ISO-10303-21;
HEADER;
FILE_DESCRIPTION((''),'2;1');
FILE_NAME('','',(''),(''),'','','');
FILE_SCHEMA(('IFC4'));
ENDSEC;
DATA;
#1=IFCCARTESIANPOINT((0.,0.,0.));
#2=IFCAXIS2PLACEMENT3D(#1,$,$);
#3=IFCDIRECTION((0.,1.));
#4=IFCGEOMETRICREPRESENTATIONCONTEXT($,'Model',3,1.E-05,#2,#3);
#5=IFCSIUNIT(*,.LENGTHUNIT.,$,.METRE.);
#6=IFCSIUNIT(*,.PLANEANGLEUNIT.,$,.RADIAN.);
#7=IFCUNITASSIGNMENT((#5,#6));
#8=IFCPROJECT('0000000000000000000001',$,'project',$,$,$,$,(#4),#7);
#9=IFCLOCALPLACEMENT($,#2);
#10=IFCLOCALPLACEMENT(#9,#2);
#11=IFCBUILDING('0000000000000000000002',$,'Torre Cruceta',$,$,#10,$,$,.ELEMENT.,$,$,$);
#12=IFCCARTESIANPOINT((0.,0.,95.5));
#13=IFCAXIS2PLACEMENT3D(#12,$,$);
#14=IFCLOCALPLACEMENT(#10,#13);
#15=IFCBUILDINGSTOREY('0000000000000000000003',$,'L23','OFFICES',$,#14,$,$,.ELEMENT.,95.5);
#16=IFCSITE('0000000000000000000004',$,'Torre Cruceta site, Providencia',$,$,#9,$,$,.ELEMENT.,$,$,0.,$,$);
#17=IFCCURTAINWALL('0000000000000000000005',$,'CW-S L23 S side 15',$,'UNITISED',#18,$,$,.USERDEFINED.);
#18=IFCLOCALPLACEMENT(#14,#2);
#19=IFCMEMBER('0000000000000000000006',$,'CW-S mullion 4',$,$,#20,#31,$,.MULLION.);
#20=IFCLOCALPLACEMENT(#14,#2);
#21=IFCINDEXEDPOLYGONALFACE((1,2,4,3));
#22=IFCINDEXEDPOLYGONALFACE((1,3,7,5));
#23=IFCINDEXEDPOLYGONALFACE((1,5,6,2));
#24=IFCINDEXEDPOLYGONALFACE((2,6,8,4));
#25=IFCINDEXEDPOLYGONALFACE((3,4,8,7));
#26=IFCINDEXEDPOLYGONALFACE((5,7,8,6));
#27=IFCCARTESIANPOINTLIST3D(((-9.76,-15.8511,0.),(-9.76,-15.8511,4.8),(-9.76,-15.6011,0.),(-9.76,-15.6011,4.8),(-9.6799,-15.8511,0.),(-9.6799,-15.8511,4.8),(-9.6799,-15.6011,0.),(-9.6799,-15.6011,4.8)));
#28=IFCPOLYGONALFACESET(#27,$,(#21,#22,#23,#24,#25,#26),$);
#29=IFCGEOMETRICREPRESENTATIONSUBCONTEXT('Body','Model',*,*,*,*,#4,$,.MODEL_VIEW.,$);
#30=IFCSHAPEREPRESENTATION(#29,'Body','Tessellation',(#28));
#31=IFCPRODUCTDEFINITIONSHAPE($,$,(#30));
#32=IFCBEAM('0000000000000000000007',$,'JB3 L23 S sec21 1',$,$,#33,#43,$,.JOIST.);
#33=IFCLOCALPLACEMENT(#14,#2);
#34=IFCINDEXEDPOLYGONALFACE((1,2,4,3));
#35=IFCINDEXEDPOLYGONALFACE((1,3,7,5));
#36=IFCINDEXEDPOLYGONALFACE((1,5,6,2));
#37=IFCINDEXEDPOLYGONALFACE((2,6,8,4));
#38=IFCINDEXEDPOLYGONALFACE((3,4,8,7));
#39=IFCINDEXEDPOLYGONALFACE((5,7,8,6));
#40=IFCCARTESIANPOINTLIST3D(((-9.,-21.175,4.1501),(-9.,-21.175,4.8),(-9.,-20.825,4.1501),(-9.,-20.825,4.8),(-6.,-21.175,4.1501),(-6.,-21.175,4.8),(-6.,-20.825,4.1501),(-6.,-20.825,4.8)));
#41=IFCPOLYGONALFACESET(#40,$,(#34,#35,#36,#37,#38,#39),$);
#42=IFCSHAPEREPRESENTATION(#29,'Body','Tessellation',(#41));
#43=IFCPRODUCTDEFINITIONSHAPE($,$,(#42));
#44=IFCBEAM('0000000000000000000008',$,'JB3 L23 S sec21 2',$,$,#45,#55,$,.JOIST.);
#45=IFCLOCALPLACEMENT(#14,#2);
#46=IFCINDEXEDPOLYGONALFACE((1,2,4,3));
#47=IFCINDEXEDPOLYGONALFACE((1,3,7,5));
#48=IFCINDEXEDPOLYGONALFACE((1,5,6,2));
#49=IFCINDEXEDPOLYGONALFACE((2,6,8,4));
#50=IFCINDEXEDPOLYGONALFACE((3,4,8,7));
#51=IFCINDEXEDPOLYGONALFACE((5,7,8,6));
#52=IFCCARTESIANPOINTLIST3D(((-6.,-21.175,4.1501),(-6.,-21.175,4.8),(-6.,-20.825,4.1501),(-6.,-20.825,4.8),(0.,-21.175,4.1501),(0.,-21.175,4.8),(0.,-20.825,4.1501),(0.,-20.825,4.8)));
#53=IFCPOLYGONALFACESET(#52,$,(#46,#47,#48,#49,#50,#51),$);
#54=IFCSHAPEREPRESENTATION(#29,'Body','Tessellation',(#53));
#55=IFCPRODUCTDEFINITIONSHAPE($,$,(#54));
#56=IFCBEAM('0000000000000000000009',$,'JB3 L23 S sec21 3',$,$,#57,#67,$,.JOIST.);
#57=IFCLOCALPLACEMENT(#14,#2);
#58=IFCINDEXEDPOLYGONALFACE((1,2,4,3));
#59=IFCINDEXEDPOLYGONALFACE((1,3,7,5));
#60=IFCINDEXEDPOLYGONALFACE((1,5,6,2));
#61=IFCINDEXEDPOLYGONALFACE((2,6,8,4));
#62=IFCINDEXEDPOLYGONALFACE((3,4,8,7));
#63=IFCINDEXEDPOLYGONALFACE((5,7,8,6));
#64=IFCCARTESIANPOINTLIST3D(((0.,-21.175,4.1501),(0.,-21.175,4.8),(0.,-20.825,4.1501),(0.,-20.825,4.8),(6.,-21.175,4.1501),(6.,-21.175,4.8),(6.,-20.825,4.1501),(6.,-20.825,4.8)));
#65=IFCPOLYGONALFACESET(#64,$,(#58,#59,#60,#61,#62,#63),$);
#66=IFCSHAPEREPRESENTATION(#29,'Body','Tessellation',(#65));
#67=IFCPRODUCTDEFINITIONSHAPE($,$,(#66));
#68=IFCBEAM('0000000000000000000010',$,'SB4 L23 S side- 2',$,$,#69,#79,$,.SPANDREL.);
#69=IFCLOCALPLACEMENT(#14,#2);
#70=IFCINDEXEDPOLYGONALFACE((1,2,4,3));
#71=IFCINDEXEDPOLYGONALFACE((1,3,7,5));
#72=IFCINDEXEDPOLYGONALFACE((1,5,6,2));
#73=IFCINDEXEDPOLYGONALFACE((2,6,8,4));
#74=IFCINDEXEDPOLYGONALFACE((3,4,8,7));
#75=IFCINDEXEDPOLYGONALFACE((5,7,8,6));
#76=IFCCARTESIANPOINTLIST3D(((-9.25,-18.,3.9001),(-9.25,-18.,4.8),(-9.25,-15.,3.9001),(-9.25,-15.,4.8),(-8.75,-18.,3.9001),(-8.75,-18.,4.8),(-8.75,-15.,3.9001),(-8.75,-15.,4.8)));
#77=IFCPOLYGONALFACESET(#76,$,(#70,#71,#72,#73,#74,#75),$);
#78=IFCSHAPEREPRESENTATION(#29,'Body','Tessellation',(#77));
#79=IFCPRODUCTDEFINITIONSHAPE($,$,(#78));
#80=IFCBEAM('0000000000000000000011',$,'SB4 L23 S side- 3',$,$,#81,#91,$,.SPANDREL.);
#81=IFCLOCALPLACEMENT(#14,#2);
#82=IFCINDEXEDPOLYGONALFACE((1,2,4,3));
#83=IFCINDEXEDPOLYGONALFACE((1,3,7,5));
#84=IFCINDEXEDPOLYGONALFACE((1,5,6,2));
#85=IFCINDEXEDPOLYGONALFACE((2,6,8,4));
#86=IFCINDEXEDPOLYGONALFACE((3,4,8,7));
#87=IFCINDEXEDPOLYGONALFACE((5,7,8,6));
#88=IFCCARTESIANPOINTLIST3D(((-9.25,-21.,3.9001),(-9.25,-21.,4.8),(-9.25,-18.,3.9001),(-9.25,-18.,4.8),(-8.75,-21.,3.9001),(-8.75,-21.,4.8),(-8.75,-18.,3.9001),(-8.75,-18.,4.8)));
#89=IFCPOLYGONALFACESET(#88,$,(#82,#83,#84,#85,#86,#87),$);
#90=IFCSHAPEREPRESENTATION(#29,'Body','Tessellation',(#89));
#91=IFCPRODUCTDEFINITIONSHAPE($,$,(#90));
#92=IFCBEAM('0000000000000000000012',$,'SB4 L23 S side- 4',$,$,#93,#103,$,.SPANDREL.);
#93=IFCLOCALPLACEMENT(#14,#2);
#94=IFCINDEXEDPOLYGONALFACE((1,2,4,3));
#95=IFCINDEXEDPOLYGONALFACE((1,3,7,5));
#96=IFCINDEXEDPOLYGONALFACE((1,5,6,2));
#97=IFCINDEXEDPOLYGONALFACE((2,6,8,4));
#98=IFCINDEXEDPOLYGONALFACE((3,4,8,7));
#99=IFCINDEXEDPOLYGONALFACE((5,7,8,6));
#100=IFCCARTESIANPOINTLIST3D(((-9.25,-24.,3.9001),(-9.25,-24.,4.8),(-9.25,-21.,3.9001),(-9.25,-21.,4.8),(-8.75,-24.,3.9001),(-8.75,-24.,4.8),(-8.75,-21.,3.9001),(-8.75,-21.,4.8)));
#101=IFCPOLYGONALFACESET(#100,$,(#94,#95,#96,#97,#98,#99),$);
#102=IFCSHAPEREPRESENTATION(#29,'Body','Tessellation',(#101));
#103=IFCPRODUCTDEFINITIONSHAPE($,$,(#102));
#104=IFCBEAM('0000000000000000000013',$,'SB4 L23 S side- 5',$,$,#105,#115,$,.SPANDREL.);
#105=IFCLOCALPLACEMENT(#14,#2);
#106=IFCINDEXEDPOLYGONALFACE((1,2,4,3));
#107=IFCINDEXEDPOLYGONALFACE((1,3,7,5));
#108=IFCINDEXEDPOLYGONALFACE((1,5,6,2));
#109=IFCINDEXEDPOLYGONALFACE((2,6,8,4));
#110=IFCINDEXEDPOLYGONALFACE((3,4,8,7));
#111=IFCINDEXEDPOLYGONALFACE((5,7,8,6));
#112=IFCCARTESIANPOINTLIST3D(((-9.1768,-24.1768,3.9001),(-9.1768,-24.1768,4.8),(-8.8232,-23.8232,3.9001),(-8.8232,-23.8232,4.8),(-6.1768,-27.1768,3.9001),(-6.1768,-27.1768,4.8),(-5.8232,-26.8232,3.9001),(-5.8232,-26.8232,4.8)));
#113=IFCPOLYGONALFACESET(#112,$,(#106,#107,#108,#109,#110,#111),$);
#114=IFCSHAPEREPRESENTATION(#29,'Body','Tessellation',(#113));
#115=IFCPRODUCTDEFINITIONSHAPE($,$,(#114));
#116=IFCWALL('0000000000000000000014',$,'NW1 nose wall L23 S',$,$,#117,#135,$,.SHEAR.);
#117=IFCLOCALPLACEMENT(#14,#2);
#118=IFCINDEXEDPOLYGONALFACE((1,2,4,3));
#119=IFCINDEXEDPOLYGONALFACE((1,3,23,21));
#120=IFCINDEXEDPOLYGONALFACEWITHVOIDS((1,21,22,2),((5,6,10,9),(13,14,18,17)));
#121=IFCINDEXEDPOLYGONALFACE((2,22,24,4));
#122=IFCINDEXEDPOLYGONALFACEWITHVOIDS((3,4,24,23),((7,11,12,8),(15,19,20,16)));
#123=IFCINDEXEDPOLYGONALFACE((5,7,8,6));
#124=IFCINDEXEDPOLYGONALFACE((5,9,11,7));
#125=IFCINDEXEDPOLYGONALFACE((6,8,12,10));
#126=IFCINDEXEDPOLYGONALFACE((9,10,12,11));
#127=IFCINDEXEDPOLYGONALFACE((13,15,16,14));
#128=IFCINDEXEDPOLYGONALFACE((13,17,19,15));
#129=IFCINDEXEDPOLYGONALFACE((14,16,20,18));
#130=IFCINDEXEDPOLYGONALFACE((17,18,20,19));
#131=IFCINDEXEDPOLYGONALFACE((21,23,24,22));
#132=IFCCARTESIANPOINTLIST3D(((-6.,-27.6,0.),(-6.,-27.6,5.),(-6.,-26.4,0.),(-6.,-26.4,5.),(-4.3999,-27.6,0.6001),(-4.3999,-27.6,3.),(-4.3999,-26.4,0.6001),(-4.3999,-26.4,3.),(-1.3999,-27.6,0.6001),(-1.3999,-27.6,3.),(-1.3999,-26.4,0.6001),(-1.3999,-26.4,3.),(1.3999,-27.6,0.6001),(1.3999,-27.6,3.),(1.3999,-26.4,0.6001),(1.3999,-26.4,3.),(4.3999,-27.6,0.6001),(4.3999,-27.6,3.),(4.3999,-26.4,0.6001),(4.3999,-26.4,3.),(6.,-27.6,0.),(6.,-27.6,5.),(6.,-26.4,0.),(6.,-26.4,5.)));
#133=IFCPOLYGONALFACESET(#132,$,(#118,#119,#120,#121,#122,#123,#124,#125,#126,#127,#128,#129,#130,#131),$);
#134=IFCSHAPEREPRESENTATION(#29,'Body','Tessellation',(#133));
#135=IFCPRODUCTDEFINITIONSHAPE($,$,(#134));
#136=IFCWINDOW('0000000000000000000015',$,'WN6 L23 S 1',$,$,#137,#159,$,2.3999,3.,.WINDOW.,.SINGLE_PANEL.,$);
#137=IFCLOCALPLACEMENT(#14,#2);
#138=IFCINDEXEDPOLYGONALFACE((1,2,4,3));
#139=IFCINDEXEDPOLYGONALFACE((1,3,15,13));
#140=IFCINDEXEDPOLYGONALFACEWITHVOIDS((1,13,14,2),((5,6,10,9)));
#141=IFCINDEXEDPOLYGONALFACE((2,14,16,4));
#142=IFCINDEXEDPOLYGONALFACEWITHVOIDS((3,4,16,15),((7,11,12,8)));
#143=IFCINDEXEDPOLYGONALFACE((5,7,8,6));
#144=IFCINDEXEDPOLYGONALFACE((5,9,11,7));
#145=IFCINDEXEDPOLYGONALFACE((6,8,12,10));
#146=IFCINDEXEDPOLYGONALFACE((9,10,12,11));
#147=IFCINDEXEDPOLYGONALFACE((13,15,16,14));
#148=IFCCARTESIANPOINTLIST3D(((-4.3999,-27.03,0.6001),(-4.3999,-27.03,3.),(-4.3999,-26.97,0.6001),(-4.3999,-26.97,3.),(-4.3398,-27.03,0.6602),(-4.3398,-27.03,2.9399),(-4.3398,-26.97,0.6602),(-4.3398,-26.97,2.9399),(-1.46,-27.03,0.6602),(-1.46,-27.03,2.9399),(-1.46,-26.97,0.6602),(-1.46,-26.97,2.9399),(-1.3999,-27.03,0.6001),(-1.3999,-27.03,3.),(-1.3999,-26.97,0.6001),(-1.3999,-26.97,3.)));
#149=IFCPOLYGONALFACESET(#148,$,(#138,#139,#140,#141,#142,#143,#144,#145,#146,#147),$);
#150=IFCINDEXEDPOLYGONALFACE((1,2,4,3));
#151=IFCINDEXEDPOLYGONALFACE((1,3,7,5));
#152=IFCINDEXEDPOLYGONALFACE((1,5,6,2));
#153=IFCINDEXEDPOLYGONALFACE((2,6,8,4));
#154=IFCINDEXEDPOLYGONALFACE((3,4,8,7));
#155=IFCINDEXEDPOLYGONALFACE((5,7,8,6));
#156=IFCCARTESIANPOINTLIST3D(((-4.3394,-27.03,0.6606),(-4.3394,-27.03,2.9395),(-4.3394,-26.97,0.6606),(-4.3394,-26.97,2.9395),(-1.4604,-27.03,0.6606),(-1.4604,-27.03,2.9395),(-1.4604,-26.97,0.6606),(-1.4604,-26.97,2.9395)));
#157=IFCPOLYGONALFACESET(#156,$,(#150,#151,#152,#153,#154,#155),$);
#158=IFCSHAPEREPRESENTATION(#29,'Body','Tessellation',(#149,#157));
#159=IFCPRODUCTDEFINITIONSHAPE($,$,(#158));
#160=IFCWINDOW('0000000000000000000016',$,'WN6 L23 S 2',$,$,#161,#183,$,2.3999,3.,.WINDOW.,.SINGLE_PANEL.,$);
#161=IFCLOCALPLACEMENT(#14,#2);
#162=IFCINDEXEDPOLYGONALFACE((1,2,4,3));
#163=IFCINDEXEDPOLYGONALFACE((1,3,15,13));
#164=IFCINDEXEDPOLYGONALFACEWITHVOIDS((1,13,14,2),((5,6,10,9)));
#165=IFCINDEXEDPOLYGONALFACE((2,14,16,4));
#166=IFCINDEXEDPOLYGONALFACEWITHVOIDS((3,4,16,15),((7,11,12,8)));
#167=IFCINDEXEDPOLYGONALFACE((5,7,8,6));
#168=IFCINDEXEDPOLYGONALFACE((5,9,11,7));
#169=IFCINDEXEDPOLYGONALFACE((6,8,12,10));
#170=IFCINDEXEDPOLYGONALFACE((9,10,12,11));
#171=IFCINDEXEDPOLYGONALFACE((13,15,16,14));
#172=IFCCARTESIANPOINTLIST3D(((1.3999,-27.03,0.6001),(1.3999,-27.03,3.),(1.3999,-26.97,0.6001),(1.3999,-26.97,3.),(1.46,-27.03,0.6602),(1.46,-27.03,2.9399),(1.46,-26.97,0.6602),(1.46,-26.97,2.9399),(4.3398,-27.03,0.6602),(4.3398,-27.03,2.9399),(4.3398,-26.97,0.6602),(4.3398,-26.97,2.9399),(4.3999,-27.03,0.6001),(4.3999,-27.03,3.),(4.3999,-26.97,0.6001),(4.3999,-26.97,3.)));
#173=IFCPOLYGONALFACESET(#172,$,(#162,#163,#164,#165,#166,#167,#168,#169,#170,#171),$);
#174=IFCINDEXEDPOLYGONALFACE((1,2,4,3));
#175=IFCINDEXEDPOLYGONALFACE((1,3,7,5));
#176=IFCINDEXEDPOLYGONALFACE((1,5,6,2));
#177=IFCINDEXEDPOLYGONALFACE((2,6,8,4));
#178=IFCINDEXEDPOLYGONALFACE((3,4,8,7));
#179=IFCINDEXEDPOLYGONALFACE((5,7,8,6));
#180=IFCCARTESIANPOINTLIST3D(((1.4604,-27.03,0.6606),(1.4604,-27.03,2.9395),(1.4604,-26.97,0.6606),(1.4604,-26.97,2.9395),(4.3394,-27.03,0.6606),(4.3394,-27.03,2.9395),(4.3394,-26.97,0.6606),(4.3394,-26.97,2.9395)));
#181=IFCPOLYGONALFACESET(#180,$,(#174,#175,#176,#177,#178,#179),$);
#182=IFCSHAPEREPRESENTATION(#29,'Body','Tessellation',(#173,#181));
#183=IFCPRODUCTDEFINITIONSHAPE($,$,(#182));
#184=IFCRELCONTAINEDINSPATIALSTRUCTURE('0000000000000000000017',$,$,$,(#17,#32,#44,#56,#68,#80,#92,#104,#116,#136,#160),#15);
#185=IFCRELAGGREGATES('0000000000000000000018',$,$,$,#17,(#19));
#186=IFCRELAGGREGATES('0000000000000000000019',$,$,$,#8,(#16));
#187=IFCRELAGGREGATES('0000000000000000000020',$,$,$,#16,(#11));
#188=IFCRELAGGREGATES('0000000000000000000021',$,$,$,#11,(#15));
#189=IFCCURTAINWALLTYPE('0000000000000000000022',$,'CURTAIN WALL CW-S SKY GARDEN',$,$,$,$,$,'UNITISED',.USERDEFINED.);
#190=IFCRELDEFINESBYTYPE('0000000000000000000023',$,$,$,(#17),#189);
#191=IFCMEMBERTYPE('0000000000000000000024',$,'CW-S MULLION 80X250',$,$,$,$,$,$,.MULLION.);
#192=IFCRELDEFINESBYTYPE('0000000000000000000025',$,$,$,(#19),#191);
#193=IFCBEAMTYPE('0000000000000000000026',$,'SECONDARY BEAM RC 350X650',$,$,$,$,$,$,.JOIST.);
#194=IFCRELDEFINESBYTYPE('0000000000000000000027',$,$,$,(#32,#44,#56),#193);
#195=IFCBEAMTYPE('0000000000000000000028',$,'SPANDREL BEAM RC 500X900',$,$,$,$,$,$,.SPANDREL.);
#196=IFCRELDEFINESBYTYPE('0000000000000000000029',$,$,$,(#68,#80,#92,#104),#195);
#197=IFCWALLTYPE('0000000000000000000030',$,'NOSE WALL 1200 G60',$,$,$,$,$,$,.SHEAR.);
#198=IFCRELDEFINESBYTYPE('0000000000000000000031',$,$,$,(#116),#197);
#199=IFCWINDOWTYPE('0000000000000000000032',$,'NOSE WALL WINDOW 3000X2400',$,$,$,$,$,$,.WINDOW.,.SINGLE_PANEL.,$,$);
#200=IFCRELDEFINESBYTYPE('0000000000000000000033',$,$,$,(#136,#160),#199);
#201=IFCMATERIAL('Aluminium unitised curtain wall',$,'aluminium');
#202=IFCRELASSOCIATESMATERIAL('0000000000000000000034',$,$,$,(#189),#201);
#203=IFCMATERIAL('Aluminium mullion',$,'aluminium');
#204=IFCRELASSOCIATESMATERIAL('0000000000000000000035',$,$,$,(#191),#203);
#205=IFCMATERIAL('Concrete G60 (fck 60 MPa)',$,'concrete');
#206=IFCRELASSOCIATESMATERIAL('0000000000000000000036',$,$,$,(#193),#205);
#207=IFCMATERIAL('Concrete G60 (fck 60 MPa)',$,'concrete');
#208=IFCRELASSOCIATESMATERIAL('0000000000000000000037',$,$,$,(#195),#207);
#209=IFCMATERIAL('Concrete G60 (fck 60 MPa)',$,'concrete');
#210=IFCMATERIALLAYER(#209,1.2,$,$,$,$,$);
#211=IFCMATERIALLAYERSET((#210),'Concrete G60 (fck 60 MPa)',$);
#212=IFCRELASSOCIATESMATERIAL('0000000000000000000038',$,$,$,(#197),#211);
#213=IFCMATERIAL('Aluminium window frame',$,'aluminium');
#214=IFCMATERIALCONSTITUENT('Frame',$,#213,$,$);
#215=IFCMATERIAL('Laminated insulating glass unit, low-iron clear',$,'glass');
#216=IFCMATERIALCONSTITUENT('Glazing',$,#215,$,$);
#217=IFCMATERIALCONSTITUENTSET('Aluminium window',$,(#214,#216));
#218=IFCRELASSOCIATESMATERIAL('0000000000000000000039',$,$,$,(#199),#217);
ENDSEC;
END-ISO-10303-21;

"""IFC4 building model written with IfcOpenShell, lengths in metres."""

from ifc_helpers import new_model, si_unit, direction, frame, frame_2d, origin, origin_2d, place, context, subcontext, project, spatial, rectangle, hollow_rectangle, extrude, material, layer, layer_set, constituent, constituent_set, material_profile, profile_set, type_object, element, fill, aggregate, save


model = new_model("IFC4")

# Units and contexts
model_context = context("Model", 3, precision=1e-05, world=origin(), true_north=direction((0.0, 1.0)))
body_context = subcontext(model_context, "Body", "Model", "MODEL_VIEW")
ifc_project = project(units=[si_unit("LENGTHUNIT", "METRE"), si_unit("PLANEANGLEUNIT", "RADIAN")], contexts=[model_context])

# Site, building, storey
site_placement = place(None, origin())
site = spatial("IfcSite", under=ifc_project, at=site_placement, Name="Torre Cruceta site, Providencia", CompositionType="ELEMENT", RefElevation=0.0)
building_placement = place(site_placement, origin())
building = spatial("IfcBuilding", under=site, at=building_placement, Name="Torre Cruceta", CompositionType="ELEMENT")
storey_placement = place(building_placement, frame((0.0, 0.0, 95.5)))
storey = spatial("IfcBuildingStorey", under=building, at=storey_placement, Name="L23", Description="OFFICES", CompositionType="ELEMENT", Elevation=95.5)

# Curtain wall, member
ifc_material_1 = material(Name="Aluminium unitised curtain wall", Category="aluminium")
curtain_wall_type = type_object("IfcCurtainWallType", Name="CURTAIN WALL CW-S SKY GARDEN", ElementType="UNITISED", PredefinedType="USERDEFINED", material=ifc_material_1)
curtain_wall_placement = place(storey_placement, origin())
curtain_wall = element("IfcCurtainWall", 1, at=curtain_wall_placement, inside=storey, type_object=curtain_wall_type, Name="CW-S L23 S side 15", ObjectType="UNITISED", PredefinedType="USERDEFINED")
ifc_material_2 = material(Name="Aluminium mullion", Category="aluminium")
ifc_material_profile_1 = material_profile(ifc_material_2, rectangle(XDim=0.0801, YDim=0.25, at=origin_2d()), Name="AL 80X250")
ifc_profile_set_1 = profile_set([ifc_material_profile_1], Name="Aluminium mullion")
member_type = type_object("IfcMemberType", Name="CW-S MULLION 80X250", PredefinedType="MULLION", material=ifc_profile_set_1)
member_placement = place(storey_placement, frame((-9.72, -15.7261, 0.0), z_axis=(0.0, 0.0, 1.0), x_axis=(1.0, 0.0, 0.0)))
member = element("IfcMember", 2, at=member_placement, type_object=member_type, Name="CW-S mullion 4", PredefinedType="MULLION", context=body_context, shape_type="SweptSolid", body=[
    extrude(rectangle(XDim=0.0801, YDim=0.25, at=origin_2d()), origin(), (0.0, 0.0, 1.0), 4.8),
])
aggregate(curtain_wall, [member])

# Beams
ifc_material_3 = material(Name="Concrete G60 (fck 60 MPa)", Category="concrete")
ifc_material_profile_2 = material_profile(ifc_material_3, rectangle(XDim=0.3501, YDim=0.6499, at=origin_2d()), Name="RC 350X650")
ifc_profile_set_2 = profile_set([ifc_material_profile_2], Name="Concrete G60 (fck 60 MPa)")
beam_type_1 = type_object("IfcBeamType", Name="SECONDARY BEAM RC 350X650", PredefinedType="JOIST", material=ifc_profile_set_2)
beam_1_placement = place(storey_placement, frame((-9.0, -21.0, 4.4751), z_axis=(1.0, 0.0, 0.0), x_axis=(0.0, 1.0, 0.0)))
element("IfcBeam", 3, at=beam_1_placement, inside=storey, type_object=beam_type_1, Name="JB3 L23 S sec21 1", PredefinedType="JOIST", context=body_context, shape_type="SweptSolid", body=[
    extrude(rectangle(XDim=0.3501, YDim=0.6499, at=origin_2d()), origin(), (0.0, 0.0, 1.0), 3.0),
])
for number, where, z_axis, x_axis, name in (
    (4, (-6.0, -21.0, 4.4751), (1.0, 0.0, 0.0), (0.0, 1.0, 0.0), "JB3 L23 S sec21 2"),
    (5, (0.0, -21.0, 4.4751), (1.0, 0.0, 0.0), (0.0, 1.0, 0.0), "JB3 L23 S sec21 3"),
):
    element("IfcBeam", number, at=place(storey_placement, frame(where, z_axis=z_axis, x_axis=x_axis)), inside=storey, type_object=beam_type_1, Name=name, PredefinedType="JOIST", context=body_context, shape_type="SweptSolid", body=[
        extrude(rectangle(XDim=0.3501, YDim=0.6499, at=origin_2d()), origin(), (0.0, 0.0, 1.0), 6.0),
    ])
ifc_material_4 = material(Name="Concrete G60 (fck 60 MPa)", Category="concrete")
ifc_material_profile_3 = material_profile(ifc_material_4, rectangle(XDim=0.5, YDim=0.8999, at=origin_2d()), Name="RC 500X900")
ifc_profile_set_3 = profile_set([ifc_material_profile_3], Name="Concrete G60 (fck 60 MPa)")
beam_type_2 = type_object("IfcBeamType", Name="SPANDREL BEAM RC 500X900", PredefinedType="SPANDREL", material=ifc_profile_set_3)
for number, where, z_axis, x_axis, name in (
    (6, (-9.0, -15.0, 4.3501), (0.0, -1.0, 0.0), (1.0, 0.0, 0.0), "SB4 L23 S side- 2"),
    (7, (-9.0, -18.0, 4.3501), (0.0, -1.0, 0.0), (1.0, 0.0, 0.0), "SB4 L23 S side- 3"),
    (8, (-9.0, -21.0, 4.3501), (0.0, -1.0, 0.0), (1.0, 0.0, 0.0), "SB4 L23 S side- 4"),
):
    element("IfcBeam", number, at=place(storey_placement, frame(where, z_axis=z_axis, x_axis=x_axis)), inside=storey, type_object=beam_type_2, Name=name, PredefinedType="SPANDREL", context=body_context, shape_type="SweptSolid", body=[
        extrude(rectangle(XDim=0.5, YDim=0.8999, at=origin_2d()), origin(), (0.0, 0.0, 1.0), 3.0),
    ])
beam_2_placement = place(storey_placement, frame((-9.0, -24.0, 4.3501), z_axis=(0.707107, -0.707107, 0.0), x_axis=(0.707107, 0.707107, 0.0)))
element("IfcBeam", 9, at=beam_2_placement, inside=storey, type_object=beam_type_2, Name="SB4 L23 S side- 5", PredefinedType="SPANDREL", context=body_context, shape_type="SweptSolid", body=[
    extrude(rectangle(XDim=0.5, YDim=0.8999, at=origin_2d()), origin(), (0.0, 0.0, 1.0), 4.2427),
])

# Wall, openings, windows
ifc_material_5 = material(Name="Concrete G60 (fck 60 MPa)", Category="concrete")
ifc_layer = layer(ifc_material_5, 1.2)
ifc_layer_set = layer_set([ifc_layer], Name="Concrete G60 (fck 60 MPa)")
wall_type = type_object("IfcWallType", Name="NOSE WALL 1200 G60", PredefinedType="SHEAR", material=ifc_layer_set)
wall_placement = place(storey_placement, frame((-6.0, -27.0, 0.0), z_axis=(0.0, 0.0, 1.0), x_axis=(1.0, 0.0, 0.0)))
wall = element("IfcWall", 10, at=wall_placement, inside=storey, type_object=wall_type, Name="NW1 nose wall L23 S", PredefinedType="SHEAR", context=body_context, shape_type="SweptSolid", body=[
    extrude(rectangle(XDim=12.0, YDim=1.2, at=frame_2d((6.0, 0.0))), origin(), (0.0, 0.0, 1.0), 5.0),
])
opening_1_placement = place(wall_placement, frame((1.6001, 0.0, 0.6001)))
opening_1 = element("IfcOpeningElement", 11, at=opening_1_placement, cuts=wall, PredefinedType="OPENING", context=body_context, shape_type="SweptSolid", body=[
    extrude(rectangle(XDim=3.0, YDim=2.3999, at=frame_2d((1.5, 1.2))), frame((0.0, 0.6099, 0.0), z_axis=(0.0, -1.0, 0.0), x_axis=(1.0, 0.0, 0.0)), (0.0, 0.0, 1.0), 1.22),
])
opening_2_placement = place(wall_placement, frame((7.3999, 0.0, 0.6001)))
opening_2 = element("IfcOpeningElement", 12, at=opening_2_placement, cuts=wall, PredefinedType="OPENING", context=body_context, shape_type="SweptSolid", body=[
    extrude(rectangle(XDim=3.0, YDim=2.3999, at=frame_2d((1.5, 1.2))), frame((0.0, 0.6099, 0.0), z_axis=(0.0, -1.0, 0.0), x_axis=(1.0, 0.0, 0.0)), (0.0, 0.0, 1.0), 1.22),
])
ifc_material_6 = material(Name="Aluminium window frame", Category="aluminium")
ifc_constituent_1 = constituent(ifc_material_6, Name="Frame")
ifc_material_7 = material(Name="Laminated insulating glass unit, low-iron clear", Category="glass")
ifc_constituent_2 = constituent(ifc_material_7, Name="Glazing")
ifc_constituent_set = constituent_set(constituents=[ifc_constituent_1, ifc_constituent_2], Name="Aluminium window")
window_type = type_object("IfcWindowType", Name="NOSE WALL WINDOW 3000X2400", PartitioningType="SINGLE_PANEL", PredefinedType="WINDOW", material=ifc_constituent_set)
window_1_placement = place(opening_1_placement, origin())
window_1 = element("IfcWindow", 13, at=window_1_placement, inside=storey, type_object=window_type, Name="WN6 L23 S 1", OverallHeight=2.3999, OverallWidth=3.0, PartitioningType="SINGLE_PANEL", PredefinedType="WINDOW", context=body_context, shape_type="SweptSolid", body=[
    extrude(hollow_rectangle(XDim=3.0, YDim=2.3999, WallThickness=0.0601, at=frame_2d((1.5, 1.2))), frame((0.0, 0.03, 0.0), z_axis=(0.0, -1.0, 0.0), x_axis=(1.0, 0.0, 0.0)), (0.0, 0.0, 1.0), 0.0601),
    extrude(rectangle(XDim=2.8789, YDim=2.2788, at=frame_2d((1.5, 1.2))), frame((0.0, 0.03, 0.0), z_axis=(0.0, -1.0, 0.0), x_axis=(1.0, 0.0, 0.0)), (0.0, 0.0, 1.0), 0.0601),
])
fill(opening_1, window_1)
window_2_placement = place(opening_2_placement, origin())
window_2 = element("IfcWindow", 14, at=window_2_placement, inside=storey, type_object=window_type, Name="WN6 L23 S 2", OverallHeight=2.3999, OverallWidth=3.0, PartitioningType="SINGLE_PANEL", PredefinedType="WINDOW", context=body_context, shape_type="SweptSolid", body=[
    extrude(hollow_rectangle(XDim=3.0, YDim=2.3999, WallThickness=0.0601, at=frame_2d((1.5, 1.2))), frame((0.0, 0.03, 0.0), z_axis=(0.0, -1.0, 0.0), x_axis=(1.0, 0.0, 0.0)), (0.0, 0.0, 1.0), 0.0601),
    extrude(rectangle(XDim=2.8789, YDim=2.2788, at=frame_2d((1.5, 1.2))), frame((0.0, 0.03, 0.0), z_axis=(0.0, -1.0, 0.0), x_axis=(1.0, 0.0, 0.0)), (0.0, 0.0, 1.0), 0.0601),
])
fill(opening_2, window_2)

save(model, "model.ifc")
